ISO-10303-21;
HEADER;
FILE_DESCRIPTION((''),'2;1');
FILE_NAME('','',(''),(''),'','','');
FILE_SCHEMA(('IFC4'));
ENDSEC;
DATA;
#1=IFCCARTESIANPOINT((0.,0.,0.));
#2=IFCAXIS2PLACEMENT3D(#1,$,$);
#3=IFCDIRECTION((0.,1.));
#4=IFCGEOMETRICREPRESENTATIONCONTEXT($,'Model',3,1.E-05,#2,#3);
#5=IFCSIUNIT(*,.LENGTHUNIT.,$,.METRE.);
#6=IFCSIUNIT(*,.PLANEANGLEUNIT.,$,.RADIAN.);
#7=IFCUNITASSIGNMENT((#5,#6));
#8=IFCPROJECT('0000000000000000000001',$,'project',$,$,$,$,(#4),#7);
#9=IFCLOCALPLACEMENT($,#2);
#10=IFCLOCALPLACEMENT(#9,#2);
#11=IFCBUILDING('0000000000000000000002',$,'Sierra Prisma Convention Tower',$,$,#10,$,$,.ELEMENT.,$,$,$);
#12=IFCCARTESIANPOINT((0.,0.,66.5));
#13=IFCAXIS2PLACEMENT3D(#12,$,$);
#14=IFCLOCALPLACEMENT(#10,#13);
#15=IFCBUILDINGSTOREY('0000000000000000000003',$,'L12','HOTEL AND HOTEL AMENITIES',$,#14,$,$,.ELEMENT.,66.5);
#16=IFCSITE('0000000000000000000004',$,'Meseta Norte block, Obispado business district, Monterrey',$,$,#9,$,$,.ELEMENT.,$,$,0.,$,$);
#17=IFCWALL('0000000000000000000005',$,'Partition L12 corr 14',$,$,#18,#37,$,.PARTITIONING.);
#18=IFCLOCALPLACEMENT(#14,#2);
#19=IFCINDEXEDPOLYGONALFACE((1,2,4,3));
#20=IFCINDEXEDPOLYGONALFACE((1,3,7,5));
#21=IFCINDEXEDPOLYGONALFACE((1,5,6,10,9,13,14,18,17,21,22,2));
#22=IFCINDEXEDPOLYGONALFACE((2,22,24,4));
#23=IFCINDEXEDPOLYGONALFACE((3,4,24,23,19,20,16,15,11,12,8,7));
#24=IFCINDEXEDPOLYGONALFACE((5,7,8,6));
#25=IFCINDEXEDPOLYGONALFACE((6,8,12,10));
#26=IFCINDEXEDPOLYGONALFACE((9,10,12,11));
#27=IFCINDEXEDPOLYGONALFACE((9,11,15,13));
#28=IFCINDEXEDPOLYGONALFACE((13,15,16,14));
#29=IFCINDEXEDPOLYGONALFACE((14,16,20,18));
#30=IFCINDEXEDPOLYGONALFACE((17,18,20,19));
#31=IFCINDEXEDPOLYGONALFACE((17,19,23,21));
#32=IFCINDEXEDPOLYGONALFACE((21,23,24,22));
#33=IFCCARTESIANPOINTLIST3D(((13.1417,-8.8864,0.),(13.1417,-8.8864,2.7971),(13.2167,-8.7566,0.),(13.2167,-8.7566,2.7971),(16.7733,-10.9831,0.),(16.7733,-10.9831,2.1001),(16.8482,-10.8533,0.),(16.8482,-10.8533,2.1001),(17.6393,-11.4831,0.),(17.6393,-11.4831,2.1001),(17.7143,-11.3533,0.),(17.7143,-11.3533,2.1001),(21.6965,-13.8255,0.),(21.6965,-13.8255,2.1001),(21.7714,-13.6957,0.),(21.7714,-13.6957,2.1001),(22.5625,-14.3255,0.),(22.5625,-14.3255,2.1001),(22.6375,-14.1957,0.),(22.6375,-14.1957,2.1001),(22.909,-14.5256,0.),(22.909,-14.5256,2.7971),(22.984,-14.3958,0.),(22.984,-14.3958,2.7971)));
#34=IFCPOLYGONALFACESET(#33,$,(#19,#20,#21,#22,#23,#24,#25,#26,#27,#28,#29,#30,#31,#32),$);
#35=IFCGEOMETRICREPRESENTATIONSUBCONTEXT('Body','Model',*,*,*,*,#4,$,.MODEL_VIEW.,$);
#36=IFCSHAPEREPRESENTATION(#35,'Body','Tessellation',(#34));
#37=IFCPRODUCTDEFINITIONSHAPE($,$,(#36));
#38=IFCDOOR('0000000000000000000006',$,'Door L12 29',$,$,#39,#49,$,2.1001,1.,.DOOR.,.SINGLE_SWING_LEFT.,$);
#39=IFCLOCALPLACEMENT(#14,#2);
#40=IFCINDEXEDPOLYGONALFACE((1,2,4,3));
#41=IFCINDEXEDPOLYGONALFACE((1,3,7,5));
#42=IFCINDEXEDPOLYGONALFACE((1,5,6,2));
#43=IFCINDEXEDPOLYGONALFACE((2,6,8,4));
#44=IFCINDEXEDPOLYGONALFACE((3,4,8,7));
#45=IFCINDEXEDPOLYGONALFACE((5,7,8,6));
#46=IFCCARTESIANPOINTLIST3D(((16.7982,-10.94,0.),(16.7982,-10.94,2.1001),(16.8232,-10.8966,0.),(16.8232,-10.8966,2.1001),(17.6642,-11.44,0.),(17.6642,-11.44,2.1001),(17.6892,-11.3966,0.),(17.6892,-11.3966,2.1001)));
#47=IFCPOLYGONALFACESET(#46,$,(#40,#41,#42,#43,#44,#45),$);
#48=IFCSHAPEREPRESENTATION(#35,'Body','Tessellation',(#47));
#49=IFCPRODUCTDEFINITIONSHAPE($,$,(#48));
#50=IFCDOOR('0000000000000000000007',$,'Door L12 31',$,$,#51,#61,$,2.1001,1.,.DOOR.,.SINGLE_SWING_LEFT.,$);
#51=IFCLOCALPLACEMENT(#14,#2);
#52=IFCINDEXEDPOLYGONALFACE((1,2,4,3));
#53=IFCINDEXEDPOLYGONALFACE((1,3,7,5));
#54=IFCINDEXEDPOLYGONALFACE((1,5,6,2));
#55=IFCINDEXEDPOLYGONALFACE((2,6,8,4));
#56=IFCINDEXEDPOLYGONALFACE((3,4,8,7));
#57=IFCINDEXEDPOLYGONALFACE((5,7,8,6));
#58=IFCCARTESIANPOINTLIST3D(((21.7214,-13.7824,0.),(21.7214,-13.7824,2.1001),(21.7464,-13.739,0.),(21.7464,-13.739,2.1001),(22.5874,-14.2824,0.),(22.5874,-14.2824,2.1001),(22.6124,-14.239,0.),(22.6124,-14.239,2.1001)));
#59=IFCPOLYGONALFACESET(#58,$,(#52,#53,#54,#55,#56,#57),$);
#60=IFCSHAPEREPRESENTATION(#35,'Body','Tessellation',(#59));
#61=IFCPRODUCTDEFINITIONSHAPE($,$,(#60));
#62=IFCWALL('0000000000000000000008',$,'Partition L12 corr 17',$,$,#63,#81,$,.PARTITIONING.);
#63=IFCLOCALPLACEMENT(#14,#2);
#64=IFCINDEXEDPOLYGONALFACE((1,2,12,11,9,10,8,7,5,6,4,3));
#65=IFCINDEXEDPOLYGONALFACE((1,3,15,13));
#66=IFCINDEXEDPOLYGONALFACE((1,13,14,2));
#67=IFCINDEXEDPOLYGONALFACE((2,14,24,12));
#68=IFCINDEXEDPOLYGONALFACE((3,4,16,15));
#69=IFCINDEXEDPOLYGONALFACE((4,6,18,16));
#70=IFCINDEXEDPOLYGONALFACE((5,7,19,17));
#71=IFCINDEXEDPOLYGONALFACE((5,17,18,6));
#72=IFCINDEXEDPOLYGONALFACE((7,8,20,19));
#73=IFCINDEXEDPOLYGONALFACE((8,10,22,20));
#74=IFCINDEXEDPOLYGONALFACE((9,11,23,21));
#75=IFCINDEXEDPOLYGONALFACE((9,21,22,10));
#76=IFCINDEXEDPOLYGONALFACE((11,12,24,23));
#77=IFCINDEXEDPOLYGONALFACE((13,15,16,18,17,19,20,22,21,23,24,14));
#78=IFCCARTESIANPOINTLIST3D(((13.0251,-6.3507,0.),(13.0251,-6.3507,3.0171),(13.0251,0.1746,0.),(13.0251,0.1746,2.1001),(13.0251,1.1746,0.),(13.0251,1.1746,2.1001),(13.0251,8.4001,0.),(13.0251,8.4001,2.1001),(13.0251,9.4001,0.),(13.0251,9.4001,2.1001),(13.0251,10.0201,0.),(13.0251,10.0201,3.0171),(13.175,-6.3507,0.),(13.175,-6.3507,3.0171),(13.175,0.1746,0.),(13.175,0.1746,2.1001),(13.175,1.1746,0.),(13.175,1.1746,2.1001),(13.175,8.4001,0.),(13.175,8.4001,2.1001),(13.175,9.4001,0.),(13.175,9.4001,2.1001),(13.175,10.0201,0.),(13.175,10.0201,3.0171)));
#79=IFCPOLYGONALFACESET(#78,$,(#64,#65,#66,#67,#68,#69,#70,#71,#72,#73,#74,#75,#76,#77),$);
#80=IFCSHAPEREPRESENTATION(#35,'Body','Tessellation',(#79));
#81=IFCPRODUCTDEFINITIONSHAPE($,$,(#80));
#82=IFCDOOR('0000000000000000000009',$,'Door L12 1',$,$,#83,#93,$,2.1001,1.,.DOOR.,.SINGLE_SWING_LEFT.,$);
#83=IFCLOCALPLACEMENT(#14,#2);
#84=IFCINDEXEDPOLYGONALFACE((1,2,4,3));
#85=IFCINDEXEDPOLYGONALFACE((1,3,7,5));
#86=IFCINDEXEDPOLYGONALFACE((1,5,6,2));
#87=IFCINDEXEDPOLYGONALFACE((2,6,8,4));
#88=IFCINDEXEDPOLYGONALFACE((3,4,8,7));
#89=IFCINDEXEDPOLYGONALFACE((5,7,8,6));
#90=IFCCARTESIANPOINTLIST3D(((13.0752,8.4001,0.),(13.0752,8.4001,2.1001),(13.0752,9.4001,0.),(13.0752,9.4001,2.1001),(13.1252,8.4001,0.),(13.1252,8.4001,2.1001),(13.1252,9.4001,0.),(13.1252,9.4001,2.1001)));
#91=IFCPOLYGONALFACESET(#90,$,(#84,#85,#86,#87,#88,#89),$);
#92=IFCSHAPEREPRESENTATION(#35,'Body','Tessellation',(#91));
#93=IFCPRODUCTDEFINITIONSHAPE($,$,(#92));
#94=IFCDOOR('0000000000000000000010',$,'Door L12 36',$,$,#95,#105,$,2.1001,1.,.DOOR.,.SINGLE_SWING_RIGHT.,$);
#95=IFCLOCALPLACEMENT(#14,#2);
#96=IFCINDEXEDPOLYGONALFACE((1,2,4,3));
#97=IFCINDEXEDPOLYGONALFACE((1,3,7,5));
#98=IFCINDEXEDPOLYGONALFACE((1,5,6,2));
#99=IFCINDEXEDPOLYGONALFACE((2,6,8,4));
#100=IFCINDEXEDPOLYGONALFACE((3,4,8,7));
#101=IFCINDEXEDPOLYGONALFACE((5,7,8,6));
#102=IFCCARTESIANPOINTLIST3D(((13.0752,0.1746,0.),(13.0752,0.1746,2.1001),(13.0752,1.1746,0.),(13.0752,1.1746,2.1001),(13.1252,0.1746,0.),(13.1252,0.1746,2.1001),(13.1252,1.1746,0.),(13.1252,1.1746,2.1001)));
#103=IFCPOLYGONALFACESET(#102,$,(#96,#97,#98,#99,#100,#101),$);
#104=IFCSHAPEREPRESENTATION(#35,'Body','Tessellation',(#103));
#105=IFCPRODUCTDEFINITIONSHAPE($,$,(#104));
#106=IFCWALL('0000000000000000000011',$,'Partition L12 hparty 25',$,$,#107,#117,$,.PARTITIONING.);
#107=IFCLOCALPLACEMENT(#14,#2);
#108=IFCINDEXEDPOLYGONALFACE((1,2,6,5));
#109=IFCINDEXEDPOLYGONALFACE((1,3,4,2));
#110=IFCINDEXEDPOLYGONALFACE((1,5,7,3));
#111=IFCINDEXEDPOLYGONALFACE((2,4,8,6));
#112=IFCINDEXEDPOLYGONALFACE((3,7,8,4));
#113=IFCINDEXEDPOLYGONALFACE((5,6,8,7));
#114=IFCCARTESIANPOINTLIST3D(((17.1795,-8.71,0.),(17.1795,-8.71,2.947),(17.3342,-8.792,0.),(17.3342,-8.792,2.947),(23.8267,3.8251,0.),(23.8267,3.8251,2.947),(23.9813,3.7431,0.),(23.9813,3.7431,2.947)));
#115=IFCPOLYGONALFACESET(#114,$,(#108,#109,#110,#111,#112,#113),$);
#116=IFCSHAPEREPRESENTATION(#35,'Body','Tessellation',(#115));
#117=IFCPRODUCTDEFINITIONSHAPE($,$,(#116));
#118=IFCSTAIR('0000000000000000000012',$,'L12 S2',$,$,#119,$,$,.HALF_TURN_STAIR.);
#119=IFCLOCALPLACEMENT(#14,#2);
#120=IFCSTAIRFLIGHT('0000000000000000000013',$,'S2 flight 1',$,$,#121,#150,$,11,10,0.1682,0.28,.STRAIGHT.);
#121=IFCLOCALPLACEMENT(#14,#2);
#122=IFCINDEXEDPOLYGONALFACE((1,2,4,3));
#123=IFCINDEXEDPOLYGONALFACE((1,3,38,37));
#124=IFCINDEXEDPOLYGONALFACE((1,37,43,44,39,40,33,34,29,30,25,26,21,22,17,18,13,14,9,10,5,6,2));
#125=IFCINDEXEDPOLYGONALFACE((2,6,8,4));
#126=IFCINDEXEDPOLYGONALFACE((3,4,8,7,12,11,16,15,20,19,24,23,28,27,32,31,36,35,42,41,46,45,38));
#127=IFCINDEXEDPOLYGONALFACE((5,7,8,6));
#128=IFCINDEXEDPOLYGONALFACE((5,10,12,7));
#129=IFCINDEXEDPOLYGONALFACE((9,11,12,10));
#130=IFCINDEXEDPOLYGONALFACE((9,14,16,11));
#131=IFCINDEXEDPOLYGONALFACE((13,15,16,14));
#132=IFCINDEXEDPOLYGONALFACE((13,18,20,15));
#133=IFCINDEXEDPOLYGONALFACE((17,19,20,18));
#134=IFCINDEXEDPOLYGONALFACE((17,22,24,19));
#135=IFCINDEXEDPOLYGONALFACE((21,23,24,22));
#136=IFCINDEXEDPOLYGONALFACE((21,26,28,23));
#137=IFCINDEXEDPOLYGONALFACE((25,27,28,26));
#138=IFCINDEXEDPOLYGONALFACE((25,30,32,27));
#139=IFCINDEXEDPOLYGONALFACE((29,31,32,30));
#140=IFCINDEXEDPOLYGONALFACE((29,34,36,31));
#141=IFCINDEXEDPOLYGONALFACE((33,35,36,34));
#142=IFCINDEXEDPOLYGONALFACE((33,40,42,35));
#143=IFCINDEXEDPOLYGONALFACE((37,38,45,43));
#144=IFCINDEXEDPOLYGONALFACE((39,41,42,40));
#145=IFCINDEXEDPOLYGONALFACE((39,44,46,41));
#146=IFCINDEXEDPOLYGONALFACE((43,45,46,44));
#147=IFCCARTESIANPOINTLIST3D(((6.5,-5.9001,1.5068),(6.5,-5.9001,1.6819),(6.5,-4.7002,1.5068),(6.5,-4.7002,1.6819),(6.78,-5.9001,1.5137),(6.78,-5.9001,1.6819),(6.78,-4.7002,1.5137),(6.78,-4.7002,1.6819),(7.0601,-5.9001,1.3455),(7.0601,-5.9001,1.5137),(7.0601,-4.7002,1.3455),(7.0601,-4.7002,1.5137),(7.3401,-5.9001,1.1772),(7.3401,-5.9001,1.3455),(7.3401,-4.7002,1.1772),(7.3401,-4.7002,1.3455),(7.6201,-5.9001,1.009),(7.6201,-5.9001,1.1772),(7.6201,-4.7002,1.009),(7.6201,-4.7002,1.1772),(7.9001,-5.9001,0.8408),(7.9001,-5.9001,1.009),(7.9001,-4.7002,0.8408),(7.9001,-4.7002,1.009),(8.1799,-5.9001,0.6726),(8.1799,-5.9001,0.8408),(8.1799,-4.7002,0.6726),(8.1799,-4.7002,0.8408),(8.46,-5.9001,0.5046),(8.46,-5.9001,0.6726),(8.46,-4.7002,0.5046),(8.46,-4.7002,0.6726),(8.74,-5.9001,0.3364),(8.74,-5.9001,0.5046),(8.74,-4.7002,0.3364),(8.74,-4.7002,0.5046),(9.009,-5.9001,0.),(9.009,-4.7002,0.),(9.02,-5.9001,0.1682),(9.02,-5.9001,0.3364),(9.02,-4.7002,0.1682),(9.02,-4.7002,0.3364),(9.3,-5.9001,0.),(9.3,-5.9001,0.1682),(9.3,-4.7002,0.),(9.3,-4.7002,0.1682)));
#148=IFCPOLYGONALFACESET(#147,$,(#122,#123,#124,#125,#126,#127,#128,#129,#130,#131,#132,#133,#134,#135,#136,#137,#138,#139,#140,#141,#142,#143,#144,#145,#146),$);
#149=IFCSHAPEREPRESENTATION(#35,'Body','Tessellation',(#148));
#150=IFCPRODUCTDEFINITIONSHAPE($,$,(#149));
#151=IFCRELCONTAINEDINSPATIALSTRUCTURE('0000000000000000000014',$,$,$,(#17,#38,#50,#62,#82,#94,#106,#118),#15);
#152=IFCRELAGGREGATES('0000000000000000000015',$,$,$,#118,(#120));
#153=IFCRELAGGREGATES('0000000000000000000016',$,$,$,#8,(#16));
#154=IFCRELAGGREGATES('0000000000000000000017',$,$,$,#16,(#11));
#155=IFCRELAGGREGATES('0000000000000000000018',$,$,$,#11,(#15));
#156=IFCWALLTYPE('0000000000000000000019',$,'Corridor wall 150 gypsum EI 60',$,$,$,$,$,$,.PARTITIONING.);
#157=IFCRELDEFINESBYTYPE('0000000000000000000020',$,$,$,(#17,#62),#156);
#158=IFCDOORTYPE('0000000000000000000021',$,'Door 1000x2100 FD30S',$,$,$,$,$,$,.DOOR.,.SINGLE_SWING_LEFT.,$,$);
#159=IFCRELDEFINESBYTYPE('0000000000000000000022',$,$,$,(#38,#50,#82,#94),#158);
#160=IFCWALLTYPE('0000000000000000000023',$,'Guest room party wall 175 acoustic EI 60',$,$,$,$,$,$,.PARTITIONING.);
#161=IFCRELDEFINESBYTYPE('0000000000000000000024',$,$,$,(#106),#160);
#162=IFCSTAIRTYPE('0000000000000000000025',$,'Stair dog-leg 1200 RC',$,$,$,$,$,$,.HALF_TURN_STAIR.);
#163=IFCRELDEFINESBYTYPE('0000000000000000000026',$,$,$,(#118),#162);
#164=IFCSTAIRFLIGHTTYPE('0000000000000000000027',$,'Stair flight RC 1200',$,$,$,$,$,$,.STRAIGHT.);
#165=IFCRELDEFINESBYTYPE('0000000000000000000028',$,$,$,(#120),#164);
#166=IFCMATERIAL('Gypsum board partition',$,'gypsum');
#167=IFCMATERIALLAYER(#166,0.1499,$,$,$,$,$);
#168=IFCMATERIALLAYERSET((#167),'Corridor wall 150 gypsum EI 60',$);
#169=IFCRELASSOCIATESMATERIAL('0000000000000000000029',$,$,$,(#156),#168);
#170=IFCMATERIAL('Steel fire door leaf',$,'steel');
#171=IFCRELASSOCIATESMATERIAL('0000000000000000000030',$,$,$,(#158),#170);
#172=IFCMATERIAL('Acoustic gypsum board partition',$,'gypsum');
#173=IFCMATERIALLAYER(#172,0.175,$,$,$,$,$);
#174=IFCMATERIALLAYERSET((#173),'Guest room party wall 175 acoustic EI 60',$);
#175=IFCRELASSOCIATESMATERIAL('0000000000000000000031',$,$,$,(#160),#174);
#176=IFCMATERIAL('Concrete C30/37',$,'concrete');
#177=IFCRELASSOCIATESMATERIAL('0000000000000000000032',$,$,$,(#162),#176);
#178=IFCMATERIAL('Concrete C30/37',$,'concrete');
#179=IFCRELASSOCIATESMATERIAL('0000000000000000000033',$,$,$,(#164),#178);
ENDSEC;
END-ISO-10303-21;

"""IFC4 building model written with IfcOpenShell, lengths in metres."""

from ifc_helpers import new_model, si_unit, direction, frame, frame_2d, origin, place, context, subcontext, project, spatial, polyline, rectangle, outline, extrude, material, layer, layer_set, type_object, element, fill, aggregate, save


model = new_model("IFC4")

# Units and contexts
model_context = context("Model", 3, precision=1e-05, world=origin(), true_north=direction((0.0, 1.0)))
body_context = subcontext(model_context, "Body", "Model", "MODEL_VIEW")
ifc_project = project(units=[si_unit("LENGTHUNIT", "METRE"), si_unit("PLANEANGLEUNIT", "RADIAN")], contexts=[model_context])

# Site, building, storey
site_placement = place(None, origin())
site = spatial("IfcSite", under=ifc_project, at=site_placement, Name="Meseta Norte block, Obispado business district, Monterrey", CompositionType="ELEMENT", RefElevation=0.0)
building_placement = place(site_placement, origin())
building = spatial("IfcBuilding", under=site, at=building_placement, Name="Sierra Prisma Convention Tower", CompositionType="ELEMENT")
storey_placement = place(building_placement, frame((0.0, 0.0, 66.5)))
storey = spatial("IfcBuildingStorey", under=building, at=storey_placement, Name="L12", Description="HOTEL AND HOTEL AMENITIES", CompositionType="ELEMENT", Elevation=66.5)

# Shared definitions
ifc_material_1 = material(Name="Gypsum board partition", Category="gypsum")
ifc_layer_1 = layer(ifc_material_1, 0.1499)
ifc_layer_set_1 = layer_set([ifc_layer_1], Name="Corridor wall 150 gypsum EI 60")
wall_type_1 = type_object("IfcWallType", Name="Corridor wall 150 gypsum EI 60", PredefinedType="PARTITIONING", material=ifc_layer_set_1)

# Walls, openings, doors
wall_1_placement = place(storey_placement, frame((13.1792, -8.8215, 0.0), z_axis=(0.0, 0.0, 1.0), x_axis=(0.866026, -0.499999, 0.0)))
wall_1 = element("IfcWall", 1, at=wall_1_placement, inside=storey, type_object=wall_type_1, Name="Partition L12 corr 14", PredefinedType="PARTITIONING", context=body_context, shape_type="SweptSolid", body=[
    extrude(rectangle(XDim=11.2783, YDim=0.1499, at=frame_2d((5.6392, 0.0))), origin(), (0.0, 0.0, 1.0), 2.7971),
])
opening_1_placement = place(wall_1_placement, frame((4.1934, 0.0, 0.0)))
opening_1 = element("IfcOpeningElement", 2, at=opening_1_placement, cuts=wall_1, PredefinedType="OPENING", context=body_context, shape_type="SweptSolid", body=[
    extrude(rectangle(XDim=1.0, YDim=2.1001, at=frame_2d((0.5, 1.05))), frame((0.0, 0.075, 0.0), z_axis=(0.0, -1.0, 0.0), x_axis=(1.0, 0.0, 0.0)), (0.0, 0.0, 1.0), 0.1499),
])
opening_2_placement = place(wall_1_placement, frame((9.8782, 0.0, 0.0)))
opening_2 = element("IfcOpeningElement", 3, at=opening_2_placement, cuts=wall_1, PredefinedType="OPENING", context=body_context, shape_type="SweptSolid", body=[
    extrude(rectangle(XDim=1.0, YDim=2.1001, at=frame_2d((0.5, 1.05))), frame((0.0, 0.075, 0.0), z_axis=(0.0, -1.0, 0.0), x_axis=(1.0, 0.0, 0.0)), (0.0, 0.0, 1.0), 0.1499),
])
ifc_material_2 = material(Name="Steel fire door leaf", Category="steel")
door_type_1 = type_object("IfcDoorType", Name="Door 1000x2100 FD30S", OperationType="SINGLE_SWING_LEFT", PredefinedType="DOOR", material=ifc_material_2)
door_1_placement = place(opening_1_placement, origin())
door_1 = element("IfcDoor", 4, at=door_1_placement, inside=storey, type_object=door_type_1, Name="Door L12 29", OperationType="SINGLE_SWING_LEFT", OverallHeight=2.1001, OverallWidth=1.0, PredefinedType="DOOR", context=body_context, shape_type="SweptSolid", body=[
    extrude(rectangle(XDim=1.0, YDim=2.1001, at=frame_2d((0.5, 1.05))), frame((0.0, 0.0249, 0.0), z_axis=(0.0, -1.0, 0.0), x_axis=(1.0, 0.0, 0.0)), (0.0, 0.0, 1.0), 0.05),
])
fill(opening_1, door_1)
door_2_placement = place(opening_2_placement, origin())
door_2 = element("IfcDoor", 5, at=door_2_placement, inside=storey, type_object=door_type_1, Name="Door L12 31", OperationType="SINGLE_SWING_LEFT", OverallHeight=2.1001, OverallWidth=1.0, PredefinedType="DOOR", context=body_context, shape_type="SweptSolid", body=[
    extrude(rectangle(XDim=1.0, YDim=2.1001, at=frame_2d((0.5, 1.05))), frame((0.0, 0.0249, 0.0), z_axis=(0.0, -1.0, 0.0), x_axis=(1.0, 0.0, 0.0)), (0.0, 0.0, 1.0), 0.05),
])
fill(opening_2, door_2)
wall_2_placement = place(storey_placement, frame((13.1001, -6.3508, 0.0), z_axis=(0.0, 0.0, 1.0), x_axis=(0.0, 1.0, 0.0)))
wall_2 = element("IfcWall", 6, at=wall_2_placement, inside=storey, type_object=wall_type_1, Name="Partition L12 corr 17", PredefinedType="PARTITIONING", context=body_context, shape_type="SweptSolid", body=[
    extrude(rectangle(XDim=16.3708, YDim=0.1499, at=frame_2d((8.1855, 0.0))), origin(), (0.0, 0.0, 1.0), 3.0171),
])
opening_3_placement = place(wall_2_placement, frame((14.751, 0.0, 0.0)))
opening_3 = element("IfcOpeningElement", 7, at=opening_3_placement, cuts=wall_2, PredefinedType="OPENING", context=body_context, shape_type="SweptSolid", body=[
    extrude(rectangle(XDim=1.0, YDim=2.1001, at=frame_2d((0.5, 1.05))), frame((0.0, 0.075, 0.0), z_axis=(0.0, -1.0, 0.0), x_axis=(1.0, 0.0, 0.0)), (0.0, 0.0, 1.0), 0.1499),
])
opening_4_placement = place(wall_2_placement, frame((6.5254, 0.0, 0.0)))
opening_4 = element("IfcOpeningElement", 8, at=opening_4_placement, cuts=wall_2, PredefinedType="OPENING", context=body_context, shape_type="SweptSolid", body=[
    extrude(rectangle(XDim=1.0, YDim=2.1001, at=frame_2d((0.5, 1.05))), frame((0.0, 0.075, 0.0), z_axis=(0.0, -1.0, 0.0), x_axis=(1.0, 0.0, 0.0)), (0.0, 0.0, 1.0), 0.1499),
])
door_3_placement = place(opening_3_placement, origin())
door_3 = element("IfcDoor", 9, at=door_3_placement, inside=storey, type_object=door_type_1, Name="Door L12 1", OperationType="SINGLE_SWING_LEFT", OverallHeight=2.1001, OverallWidth=1.0, PredefinedType="DOOR", context=body_context, shape_type="SweptSolid", body=[
    extrude(rectangle(XDim=1.0, YDim=2.1001, at=frame_2d((0.5, 1.05))), frame((0.0, 0.0249, 0.0), z_axis=(0.0, -1.0, 0.0), x_axis=(1.0, 0.0, 0.0)), (0.0, 0.0, 1.0), 0.05),
])
fill(opening_3, door_3)
door_4_placement = place(opening_4_placement, origin())
door_4 = element("IfcDoor", 10, at=door_4_placement, inside=storey, type_object=door_type_1, Name="Door L12 36", OperationType="SINGLE_SWING_RIGHT", OverallHeight=2.1001, OverallWidth=1.0, PredefinedType="DOOR", context=body_context, shape_type="SweptSolid", body=[
    extrude(rectangle(XDim=1.0, YDim=2.1001, at=frame_2d((0.5, 1.05))), frame((0.0, 0.0249, 0.0), z_axis=(0.0, -1.0, 0.0), x_axis=(1.0, 0.0, 0.0)), (0.0, 0.0, 1.0), 0.05),
])
fill(opening_4, door_4)

# Wall
ifc_material_3 = material(Name="Acoustic gypsum board partition", Category="gypsum")
ifc_layer_2 = layer(ifc_material_3, 0.175)
ifc_layer_set_2 = layer_set([ifc_layer_2], Name="Guest room party wall 175 acoustic EI 60")
wall_type_2 = type_object("IfcWallType", Name="Guest room party wall 175 acoustic EI 60", PredefinedType="PARTITIONING", material=ifc_layer_set_2)
wall_3_placement = place(storey_placement, frame((17.2568, -8.751, 0.0), z_axis=(0.0, 0.0, 1.0), x_axis=(0.468491, 0.883468, 0.0)))
element("IfcWall", 11, at=wall_3_placement, inside=storey, type_object=wall_type_2, Name="Partition L12 hparty 25", PredefinedType="PARTITIONING", context=body_context, shape_type="SweptSolid", body=[
    extrude(rectangle(XDim=14.1885, YDim=0.175, at=frame_2d((7.0942, 0.0))), origin(), (0.0, 0.0, 1.0), 2.947),
])

# Stair, stair flight
ifc_material_4 = material(Name="Concrete C30/37", Category="concrete")
stair_type = type_object("IfcStairType", Name="Stair dog-leg 1200 RC", PredefinedType="HALF_TURN_STAIR", material=ifc_material_4)
stair_placement = place(storey_placement, origin())
stair = element("IfcStair", 12, at=stair_placement, inside=storey, type_object=stair_type, Name="L12 S2", PredefinedType="HALF_TURN_STAIR")
ifc_material_5 = material(Name="Concrete C30/37", Category="concrete")
stair_flight_type = type_object("IfcStairFlightType", Name="Stair flight RC 1200", PredefinedType="STRAIGHT", material=ifc_material_5)
stair_flight_1_placement = place(storey_placement, frame((9.3, -5.3, 0.0), z_axis=(0.0, 0.0, 1.0), x_axis=(-1.0, 0.0, 0.0)))
stair_flight_1 = element("IfcStairFlight", 13, at=stair_flight_1_placement, type_object=stair_flight_type, Name="S2 flight 1", NumberOfRisers=11, NumberOfTreads=10, PredefinedType="STRAIGHT", RiserHeight=0.1682, TreadLength=0.28, context=body_context, shape_type="SweptSolid", body=[
    extrude(outline(polyline([(0.0, 0.0), (0.0, 0.1682), (0.28, 0.1682), (0.28, 0.3364), (0.5601, 0.3364), (0.5601, 0.5046), (0.8401, 0.5046), (0.8401, 0.6726), (1.1201, 0.6726), (1.1201, 0.8408), (1.3999, 0.8408), (1.3999, 1.009), (1.6799, 1.009), (1.6799, 1.1772), (1.96, 1.1772), (1.96, 1.3455), (2.24, 1.3455), (2.24, 1.5137), (2.52, 1.5137), (2.52, 1.6819), (2.8, 1.6819), (2.8, 1.8501), (2.8, 1.5068), (0.291, 0.0), (0.0, 0.0)])), frame((0.0, 0.6001, 0.0), z_axis=(0.0, -1.0, 0.0), x_axis=(1.0, 0.0, 0.0)), (0.0, 0.0, 1.0), 1.2),
])
aggregate(stair, [stair_flight_1])

save(model, "model.ifc")
